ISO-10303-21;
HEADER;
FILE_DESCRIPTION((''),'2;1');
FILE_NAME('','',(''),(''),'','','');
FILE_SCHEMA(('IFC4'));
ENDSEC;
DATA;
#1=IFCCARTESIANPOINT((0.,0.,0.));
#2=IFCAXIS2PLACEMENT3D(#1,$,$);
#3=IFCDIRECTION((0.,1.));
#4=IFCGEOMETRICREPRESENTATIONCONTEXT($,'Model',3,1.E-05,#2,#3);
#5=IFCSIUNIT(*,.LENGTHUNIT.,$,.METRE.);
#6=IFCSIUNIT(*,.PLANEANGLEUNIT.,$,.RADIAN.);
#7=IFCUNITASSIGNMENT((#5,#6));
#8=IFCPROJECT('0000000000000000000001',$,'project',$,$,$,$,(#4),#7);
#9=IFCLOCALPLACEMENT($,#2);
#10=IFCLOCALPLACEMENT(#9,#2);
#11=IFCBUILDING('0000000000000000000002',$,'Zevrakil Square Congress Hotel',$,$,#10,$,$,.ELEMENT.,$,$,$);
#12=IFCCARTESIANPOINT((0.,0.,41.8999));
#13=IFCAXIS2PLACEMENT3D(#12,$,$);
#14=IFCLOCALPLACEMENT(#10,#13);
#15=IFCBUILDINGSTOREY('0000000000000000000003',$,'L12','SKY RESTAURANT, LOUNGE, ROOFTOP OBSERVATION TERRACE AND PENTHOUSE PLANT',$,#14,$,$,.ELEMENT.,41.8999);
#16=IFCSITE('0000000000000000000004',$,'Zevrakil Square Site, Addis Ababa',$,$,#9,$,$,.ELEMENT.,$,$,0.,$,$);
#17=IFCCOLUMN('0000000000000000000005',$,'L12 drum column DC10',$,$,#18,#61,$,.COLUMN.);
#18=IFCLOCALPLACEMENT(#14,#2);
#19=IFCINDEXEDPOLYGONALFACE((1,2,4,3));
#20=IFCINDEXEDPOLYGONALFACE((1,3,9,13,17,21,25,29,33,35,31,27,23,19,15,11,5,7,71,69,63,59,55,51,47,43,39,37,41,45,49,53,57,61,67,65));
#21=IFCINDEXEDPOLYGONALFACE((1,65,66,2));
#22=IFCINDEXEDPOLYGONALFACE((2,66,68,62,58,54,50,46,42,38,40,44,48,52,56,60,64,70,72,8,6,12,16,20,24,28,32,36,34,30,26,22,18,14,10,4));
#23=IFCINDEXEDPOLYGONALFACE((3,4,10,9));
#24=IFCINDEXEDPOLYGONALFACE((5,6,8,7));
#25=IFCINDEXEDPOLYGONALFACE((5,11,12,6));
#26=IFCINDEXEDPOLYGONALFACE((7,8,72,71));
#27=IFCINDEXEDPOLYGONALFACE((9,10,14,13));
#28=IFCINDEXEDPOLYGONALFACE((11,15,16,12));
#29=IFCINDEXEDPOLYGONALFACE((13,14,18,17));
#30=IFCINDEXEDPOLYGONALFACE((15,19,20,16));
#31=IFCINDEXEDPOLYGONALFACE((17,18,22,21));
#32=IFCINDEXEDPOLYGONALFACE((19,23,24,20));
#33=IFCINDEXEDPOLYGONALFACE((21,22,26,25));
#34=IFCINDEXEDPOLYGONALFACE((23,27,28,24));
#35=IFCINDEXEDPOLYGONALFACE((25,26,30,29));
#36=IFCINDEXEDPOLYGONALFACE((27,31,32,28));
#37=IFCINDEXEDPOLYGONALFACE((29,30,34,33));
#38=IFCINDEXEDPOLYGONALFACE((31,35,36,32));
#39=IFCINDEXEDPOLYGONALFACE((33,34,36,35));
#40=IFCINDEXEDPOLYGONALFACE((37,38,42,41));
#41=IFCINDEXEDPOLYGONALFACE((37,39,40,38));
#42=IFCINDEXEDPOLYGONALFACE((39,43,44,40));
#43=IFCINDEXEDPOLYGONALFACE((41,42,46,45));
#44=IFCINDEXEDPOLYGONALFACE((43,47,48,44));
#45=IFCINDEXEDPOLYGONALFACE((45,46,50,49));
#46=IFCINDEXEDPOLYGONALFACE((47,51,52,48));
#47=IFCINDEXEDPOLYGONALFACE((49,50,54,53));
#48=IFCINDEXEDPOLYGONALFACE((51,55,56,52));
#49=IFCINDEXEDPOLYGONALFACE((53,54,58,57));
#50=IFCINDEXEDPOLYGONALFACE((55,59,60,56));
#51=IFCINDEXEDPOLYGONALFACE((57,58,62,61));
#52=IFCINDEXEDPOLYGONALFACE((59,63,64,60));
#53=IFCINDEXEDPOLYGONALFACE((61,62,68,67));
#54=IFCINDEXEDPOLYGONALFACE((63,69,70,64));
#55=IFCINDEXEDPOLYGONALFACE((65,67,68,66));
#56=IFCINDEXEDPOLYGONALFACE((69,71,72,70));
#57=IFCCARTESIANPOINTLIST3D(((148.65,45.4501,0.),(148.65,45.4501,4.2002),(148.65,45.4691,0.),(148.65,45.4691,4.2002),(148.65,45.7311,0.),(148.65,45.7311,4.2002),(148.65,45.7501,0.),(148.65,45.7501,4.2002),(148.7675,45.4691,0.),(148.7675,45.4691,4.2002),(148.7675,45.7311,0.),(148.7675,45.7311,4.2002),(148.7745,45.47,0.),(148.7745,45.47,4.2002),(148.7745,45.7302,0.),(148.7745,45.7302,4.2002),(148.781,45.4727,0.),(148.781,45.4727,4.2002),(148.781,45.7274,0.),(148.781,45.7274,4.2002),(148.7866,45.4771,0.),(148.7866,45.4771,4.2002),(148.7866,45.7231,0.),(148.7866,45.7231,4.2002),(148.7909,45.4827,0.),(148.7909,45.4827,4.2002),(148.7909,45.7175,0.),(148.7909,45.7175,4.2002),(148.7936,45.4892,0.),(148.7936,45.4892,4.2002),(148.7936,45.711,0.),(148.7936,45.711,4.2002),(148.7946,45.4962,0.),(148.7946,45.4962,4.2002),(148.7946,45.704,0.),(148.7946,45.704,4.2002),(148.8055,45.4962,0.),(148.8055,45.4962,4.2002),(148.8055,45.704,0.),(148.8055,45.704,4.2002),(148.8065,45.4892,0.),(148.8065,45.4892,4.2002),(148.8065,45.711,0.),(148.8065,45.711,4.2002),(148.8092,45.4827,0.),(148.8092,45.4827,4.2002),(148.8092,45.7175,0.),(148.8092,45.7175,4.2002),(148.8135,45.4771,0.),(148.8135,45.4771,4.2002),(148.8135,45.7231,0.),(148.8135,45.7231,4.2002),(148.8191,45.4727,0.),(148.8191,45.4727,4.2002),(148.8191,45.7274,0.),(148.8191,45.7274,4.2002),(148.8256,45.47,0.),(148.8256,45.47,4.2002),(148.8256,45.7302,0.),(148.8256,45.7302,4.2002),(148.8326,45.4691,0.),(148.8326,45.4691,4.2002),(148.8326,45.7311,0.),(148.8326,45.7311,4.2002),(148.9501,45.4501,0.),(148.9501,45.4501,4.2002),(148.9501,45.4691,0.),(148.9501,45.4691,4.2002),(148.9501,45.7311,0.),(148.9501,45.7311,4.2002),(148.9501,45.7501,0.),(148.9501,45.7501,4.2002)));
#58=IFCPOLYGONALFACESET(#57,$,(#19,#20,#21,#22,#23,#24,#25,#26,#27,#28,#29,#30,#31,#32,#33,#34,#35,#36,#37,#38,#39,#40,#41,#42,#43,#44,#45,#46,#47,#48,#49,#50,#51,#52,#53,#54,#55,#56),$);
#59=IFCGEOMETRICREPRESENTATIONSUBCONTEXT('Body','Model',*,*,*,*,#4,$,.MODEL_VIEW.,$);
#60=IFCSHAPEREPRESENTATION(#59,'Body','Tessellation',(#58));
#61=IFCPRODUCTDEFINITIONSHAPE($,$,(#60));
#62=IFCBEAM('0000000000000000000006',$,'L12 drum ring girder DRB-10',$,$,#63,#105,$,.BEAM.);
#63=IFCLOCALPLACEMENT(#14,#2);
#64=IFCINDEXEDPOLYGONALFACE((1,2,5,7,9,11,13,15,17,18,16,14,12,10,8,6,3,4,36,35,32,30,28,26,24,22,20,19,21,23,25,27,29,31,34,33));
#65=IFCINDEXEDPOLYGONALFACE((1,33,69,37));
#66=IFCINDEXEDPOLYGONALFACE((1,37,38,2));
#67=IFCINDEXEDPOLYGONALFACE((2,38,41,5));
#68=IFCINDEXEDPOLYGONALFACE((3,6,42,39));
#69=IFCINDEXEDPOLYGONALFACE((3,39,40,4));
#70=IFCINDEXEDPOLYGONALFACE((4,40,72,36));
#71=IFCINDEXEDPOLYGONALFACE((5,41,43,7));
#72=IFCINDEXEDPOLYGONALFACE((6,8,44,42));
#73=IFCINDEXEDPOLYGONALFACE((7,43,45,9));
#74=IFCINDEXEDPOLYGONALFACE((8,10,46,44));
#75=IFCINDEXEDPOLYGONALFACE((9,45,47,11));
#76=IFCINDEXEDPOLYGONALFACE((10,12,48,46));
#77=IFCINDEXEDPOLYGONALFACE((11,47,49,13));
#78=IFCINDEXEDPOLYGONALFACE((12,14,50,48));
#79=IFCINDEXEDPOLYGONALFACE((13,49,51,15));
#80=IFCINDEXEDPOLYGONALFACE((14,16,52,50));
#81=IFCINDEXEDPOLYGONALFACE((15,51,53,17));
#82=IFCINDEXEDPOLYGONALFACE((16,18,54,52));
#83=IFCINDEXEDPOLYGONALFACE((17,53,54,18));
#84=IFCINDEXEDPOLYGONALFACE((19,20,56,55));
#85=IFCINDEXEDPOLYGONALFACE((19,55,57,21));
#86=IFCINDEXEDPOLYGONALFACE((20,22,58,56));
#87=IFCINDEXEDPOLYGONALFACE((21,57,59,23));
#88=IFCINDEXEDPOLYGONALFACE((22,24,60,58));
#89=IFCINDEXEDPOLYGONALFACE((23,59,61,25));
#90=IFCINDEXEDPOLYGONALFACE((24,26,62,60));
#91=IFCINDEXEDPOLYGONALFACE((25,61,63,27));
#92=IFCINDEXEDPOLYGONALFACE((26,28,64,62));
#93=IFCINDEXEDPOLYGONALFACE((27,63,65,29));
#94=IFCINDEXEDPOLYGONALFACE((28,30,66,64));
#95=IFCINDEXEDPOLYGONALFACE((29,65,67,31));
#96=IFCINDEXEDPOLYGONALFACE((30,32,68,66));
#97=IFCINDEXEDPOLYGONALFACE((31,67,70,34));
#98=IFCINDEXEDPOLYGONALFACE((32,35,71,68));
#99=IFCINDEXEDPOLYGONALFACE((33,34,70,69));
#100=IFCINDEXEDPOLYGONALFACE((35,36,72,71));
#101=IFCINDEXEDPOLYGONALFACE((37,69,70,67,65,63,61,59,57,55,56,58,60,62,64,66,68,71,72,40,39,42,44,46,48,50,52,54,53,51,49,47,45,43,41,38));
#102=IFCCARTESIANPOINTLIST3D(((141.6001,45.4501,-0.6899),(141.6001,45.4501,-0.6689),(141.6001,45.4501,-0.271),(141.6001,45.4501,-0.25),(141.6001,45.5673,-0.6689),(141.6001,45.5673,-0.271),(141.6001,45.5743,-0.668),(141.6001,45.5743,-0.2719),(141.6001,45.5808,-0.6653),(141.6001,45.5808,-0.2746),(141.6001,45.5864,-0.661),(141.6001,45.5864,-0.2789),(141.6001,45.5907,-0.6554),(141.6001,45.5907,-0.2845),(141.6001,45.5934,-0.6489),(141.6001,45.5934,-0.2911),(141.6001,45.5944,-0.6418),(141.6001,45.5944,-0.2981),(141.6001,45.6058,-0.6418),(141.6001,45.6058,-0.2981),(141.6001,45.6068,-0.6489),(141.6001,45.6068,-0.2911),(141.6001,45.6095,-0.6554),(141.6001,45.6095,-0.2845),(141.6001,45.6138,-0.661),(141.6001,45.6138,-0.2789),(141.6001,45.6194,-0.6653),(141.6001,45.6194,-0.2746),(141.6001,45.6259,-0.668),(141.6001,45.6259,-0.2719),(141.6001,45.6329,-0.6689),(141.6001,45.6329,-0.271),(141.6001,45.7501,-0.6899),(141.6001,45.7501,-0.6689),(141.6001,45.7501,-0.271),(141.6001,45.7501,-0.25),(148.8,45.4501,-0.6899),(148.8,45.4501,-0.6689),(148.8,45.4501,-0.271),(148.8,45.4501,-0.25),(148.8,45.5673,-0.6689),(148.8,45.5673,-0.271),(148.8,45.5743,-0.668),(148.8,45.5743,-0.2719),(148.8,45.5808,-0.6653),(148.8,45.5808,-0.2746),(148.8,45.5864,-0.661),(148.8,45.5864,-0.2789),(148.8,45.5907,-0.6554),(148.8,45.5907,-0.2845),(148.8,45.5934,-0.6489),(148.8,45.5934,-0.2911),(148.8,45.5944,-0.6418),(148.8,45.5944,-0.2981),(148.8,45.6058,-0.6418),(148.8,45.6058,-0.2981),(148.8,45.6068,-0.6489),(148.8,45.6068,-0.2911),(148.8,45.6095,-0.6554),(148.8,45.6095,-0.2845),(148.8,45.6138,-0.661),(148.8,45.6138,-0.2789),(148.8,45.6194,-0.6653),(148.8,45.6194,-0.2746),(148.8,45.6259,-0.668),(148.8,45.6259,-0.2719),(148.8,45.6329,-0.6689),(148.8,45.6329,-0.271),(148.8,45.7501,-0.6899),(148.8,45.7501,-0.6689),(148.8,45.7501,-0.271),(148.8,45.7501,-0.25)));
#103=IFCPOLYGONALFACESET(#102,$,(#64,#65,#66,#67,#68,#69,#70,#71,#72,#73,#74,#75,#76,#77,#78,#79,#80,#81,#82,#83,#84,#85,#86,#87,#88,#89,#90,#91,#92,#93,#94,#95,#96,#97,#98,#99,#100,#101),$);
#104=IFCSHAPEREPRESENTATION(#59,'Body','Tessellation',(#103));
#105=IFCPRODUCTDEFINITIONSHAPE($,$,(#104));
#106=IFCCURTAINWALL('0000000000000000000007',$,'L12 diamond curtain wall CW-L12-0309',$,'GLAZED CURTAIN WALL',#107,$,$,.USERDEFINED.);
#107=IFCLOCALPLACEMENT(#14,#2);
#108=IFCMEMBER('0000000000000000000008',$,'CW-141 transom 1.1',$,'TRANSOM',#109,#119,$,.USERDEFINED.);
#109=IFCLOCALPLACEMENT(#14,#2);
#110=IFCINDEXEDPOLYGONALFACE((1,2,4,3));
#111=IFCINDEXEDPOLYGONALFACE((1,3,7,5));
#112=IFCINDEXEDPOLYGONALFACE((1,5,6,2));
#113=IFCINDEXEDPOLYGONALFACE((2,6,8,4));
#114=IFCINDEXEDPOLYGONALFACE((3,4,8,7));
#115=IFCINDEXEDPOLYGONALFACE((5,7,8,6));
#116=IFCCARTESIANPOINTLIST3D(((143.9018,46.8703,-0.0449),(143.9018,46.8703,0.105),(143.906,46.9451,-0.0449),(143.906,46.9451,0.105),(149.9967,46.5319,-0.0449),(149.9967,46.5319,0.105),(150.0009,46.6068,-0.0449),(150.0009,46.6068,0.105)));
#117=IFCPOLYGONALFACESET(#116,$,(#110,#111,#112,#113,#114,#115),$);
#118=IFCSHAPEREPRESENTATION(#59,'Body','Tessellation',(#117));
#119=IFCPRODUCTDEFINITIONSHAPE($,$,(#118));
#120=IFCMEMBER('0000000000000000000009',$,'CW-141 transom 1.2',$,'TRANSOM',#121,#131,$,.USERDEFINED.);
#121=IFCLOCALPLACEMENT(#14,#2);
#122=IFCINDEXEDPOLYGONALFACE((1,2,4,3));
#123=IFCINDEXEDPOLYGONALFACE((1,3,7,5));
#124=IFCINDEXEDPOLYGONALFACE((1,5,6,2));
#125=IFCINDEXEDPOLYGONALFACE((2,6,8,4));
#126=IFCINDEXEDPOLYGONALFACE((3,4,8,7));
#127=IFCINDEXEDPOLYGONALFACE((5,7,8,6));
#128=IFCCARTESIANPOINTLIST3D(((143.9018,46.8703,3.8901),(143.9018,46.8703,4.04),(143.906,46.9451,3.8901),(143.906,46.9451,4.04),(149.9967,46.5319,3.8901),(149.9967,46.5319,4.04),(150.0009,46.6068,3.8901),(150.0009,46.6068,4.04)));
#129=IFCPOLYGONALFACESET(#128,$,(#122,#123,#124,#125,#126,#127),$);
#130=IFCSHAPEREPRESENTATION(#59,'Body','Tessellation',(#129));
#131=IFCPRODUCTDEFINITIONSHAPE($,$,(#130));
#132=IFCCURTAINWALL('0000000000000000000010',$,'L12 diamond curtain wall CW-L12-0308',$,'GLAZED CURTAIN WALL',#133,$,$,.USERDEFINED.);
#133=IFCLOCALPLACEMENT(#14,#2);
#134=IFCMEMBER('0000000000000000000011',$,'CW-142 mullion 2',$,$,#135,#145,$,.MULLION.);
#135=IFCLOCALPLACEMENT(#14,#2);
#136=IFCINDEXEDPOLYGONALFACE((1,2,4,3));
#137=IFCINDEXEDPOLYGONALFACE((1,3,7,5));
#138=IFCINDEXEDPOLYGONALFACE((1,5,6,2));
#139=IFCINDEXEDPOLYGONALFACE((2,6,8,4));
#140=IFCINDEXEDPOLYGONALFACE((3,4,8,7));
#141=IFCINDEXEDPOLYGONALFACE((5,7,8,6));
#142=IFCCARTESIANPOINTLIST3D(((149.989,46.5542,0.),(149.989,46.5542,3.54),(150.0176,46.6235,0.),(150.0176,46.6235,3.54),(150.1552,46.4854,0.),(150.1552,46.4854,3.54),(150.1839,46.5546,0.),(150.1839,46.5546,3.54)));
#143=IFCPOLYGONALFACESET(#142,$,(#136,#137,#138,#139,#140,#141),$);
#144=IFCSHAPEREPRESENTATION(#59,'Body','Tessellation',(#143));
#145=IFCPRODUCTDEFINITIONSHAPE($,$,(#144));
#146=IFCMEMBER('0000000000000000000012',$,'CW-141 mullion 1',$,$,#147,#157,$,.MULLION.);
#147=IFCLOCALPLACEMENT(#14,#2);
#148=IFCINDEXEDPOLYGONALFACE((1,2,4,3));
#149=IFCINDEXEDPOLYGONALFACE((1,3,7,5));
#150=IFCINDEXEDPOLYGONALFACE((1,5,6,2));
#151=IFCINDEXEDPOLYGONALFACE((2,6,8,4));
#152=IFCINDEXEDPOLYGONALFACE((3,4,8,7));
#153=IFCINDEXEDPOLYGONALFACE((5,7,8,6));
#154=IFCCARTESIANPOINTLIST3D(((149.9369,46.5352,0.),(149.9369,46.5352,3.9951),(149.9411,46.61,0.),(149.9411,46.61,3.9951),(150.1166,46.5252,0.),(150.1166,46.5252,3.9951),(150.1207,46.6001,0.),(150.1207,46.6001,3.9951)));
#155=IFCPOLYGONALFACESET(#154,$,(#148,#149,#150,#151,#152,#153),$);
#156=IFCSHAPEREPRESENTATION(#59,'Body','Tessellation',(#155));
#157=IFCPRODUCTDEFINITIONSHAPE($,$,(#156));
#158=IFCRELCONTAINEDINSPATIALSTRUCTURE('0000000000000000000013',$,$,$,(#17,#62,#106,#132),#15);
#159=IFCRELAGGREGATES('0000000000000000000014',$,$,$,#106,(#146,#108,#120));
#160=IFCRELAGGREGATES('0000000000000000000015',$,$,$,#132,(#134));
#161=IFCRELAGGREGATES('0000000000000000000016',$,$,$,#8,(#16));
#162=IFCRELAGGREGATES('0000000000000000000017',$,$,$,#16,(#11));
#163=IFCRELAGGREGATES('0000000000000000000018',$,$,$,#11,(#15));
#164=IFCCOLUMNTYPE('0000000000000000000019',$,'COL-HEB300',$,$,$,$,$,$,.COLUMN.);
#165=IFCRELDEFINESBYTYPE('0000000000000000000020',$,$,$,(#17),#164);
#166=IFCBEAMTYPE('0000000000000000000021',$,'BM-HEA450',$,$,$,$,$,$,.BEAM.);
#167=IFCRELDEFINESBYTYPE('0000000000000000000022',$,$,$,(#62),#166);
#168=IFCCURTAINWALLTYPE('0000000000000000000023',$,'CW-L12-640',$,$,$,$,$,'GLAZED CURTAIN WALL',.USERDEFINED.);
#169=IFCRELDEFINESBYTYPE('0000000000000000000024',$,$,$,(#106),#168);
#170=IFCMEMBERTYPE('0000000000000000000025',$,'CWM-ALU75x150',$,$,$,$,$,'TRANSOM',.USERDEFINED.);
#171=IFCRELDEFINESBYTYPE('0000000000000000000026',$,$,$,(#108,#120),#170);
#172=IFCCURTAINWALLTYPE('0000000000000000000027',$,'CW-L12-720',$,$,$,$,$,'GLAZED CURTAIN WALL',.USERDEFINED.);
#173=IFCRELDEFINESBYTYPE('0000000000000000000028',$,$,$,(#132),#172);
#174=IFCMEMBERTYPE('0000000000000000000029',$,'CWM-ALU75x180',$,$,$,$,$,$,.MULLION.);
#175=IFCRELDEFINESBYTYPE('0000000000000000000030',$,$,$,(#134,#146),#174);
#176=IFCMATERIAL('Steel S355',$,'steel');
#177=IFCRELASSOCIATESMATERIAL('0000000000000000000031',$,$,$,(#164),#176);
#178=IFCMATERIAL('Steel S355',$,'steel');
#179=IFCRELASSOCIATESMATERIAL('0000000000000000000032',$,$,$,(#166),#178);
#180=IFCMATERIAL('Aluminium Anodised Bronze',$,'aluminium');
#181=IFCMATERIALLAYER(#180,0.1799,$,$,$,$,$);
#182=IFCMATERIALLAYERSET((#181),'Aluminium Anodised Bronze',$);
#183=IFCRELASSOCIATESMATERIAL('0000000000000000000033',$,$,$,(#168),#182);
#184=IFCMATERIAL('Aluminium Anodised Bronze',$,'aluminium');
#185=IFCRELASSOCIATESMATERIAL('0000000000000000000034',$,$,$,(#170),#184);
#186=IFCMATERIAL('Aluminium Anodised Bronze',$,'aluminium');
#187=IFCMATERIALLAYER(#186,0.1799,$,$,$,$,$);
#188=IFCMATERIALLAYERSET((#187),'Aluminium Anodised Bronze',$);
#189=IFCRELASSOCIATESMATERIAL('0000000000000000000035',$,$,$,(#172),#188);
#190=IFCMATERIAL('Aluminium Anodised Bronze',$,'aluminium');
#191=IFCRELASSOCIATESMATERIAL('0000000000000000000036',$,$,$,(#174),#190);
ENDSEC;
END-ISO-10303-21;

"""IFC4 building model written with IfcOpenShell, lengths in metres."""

from ifc_helpers import new_model, si_unit, direction, frame, origin, origin_2d, place, context, subcontext, project, spatial, rectangle, i_section, extrude, material, layer, layer_set, material_profile, profile_set, type_object, element, aggregate, save


model = new_model("IFC4")

# Units and contexts
model_context = context("Model", 3, precision=1e-05, world=origin(), true_north=direction((0.0, 1.0)))
body_context = subcontext(model_context, "Body", "Model", "MODEL_VIEW")
ifc_project = project(units=[si_unit("LENGTHUNIT", "METRE"), si_unit("PLANEANGLEUNIT", "RADIAN")], contexts=[model_context])

# Site, building, storey
site_placement = place(None, origin())
site = spatial("IfcSite", under=ifc_project, at=site_placement, Name="Zevrakil Square Site, Addis Ababa", CompositionType="ELEMENT", RefElevation=0.0)
building_placement = place(site_placement, origin())
building = spatial("IfcBuilding", under=site, at=building_placement, Name="Zevrakil Square Congress Hotel", CompositionType="ELEMENT")
storey_placement = place(building_placement, frame((0.0, 0.0, 41.8999)))
storey = spatial("IfcBuildingStorey", under=building, at=storey_placement, Name="L12", Description="SKY RESTAURANT, LOUNGE, ROOFTOP OBSERVATION TERRACE AND PENTHOUSE PLANT", CompositionType="ELEMENT", Elevation=41.8999)

# Column
ifc_material_1 = material(Name="Steel S355", Category="steel")
ifc_material_profile_1 = material_profile(ifc_material_1, i_section(OverallWidth=0.3, OverallDepth=0.3, WebThickness=0.011, FlangeThickness=0.019, FilletRadius=0.0271, at=origin_2d()), Name="HEB 300")
ifc_profile_set_1 = profile_set([ifc_material_profile_1], Name="Steel S355")
column_type = type_object("IfcColumnType", Name="COL-HEB300", PredefinedType="COLUMN", material=ifc_profile_set_1)
column_placement = place(storey_placement, frame((148.8, 45.6001, 0.0), z_axis=(0.0, 0.0, 1.0), x_axis=(1.0, 0.0, 0.0)))
element("IfcColumn", 1, at=column_placement, inside=storey, type_object=column_type, Name="L12 drum column DC10", PredefinedType="COLUMN", context=body_context, shape_type="SweptSolid", body=[
    extrude(i_section(OverallWidth=0.3, OverallDepth=0.3, WebThickness=0.011, FlangeThickness=0.019, FilletRadius=0.0271, at=origin_2d()), origin(), (0.0, 0.0, 1.0), 4.2002),
])

# Beam
ifc_material_2 = material(Name="Steel S355", Category="steel")
ifc_material_profile_2 = material_profile(ifc_material_2, i_section(OverallWidth=0.3, OverallDepth=0.4399, WebThickness=0.0115, FlangeThickness=0.021, FilletRadius=0.0271, at=origin_2d()), Name="HEA 450")
ifc_profile_set_2 = profile_set([ifc_material_profile_2], Name="Steel S355")
beam_type_1 = type_object("IfcBeamType", Name="BM-HEA450", PredefinedType="BEAM", material=ifc_profile_set_2)
beam_1_placement = place(storey_placement, frame((148.8, 45.6001, -0.47), z_axis=(-1.0, 0.0, 0.0), x_axis=(0.0, -1.0, 0.0)))
element("IfcBeam", 2, at=beam_1_placement, inside=storey, type_object=beam_type_1, Name="L12 drum ring girder DRB-10", PredefinedType="BEAM", context=body_context, shape_type="SweptSolid", body=[
    extrude(i_section(OverallWidth=0.3, OverallDepth=0.4399, WebThickness=0.0115, FlangeThickness=0.021, FilletRadius=0.0271, at=origin_2d()), origin(), (0.0, 0.0, 1.0), 7.2),
])

# Curtain wall, members
ifc_material_3 = material(Name="Aluminium Anodised Bronze", Category="aluminium")
ifc_layer_1 = layer(ifc_material_3, 0.1799)
ifc_layer_set_1 = layer_set([ifc_layer_1], Name="Aluminium Anodised Bronze")
curtain_wall_type_1 = type_object("IfcCurtainWallType", Name="CW-L12-640", ElementType="GLAZED CURTAIN WALL", PredefinedType="USERDEFINED", material=ifc_layer_set_1)
curtain_wall_1_placement = place(storey_placement, origin())
curtain_wall_1 = element("IfcCurtainWall", 3, at=curtain_wall_1_placement, inside=storey, type_object=curtain_wall_type_1, Name="L12 diamond curtain wall CW-L12-0309", ObjectType="GLAZED CURTAIN WALL", PredefinedType="USERDEFINED")
ifc_material_4 = material(Name="Aluminium Anodised Bronze", Category="aluminium")
ifc_material_profile_3 = material_profile(ifc_material_4, rectangle(XDim=0.075, YDim=0.1499, at=origin_2d()), Name="ALU 75x150")
ifc_profile_set_3 = profile_set([ifc_material_profile_3], Name="Aluminium Anodised Bronze")
member_type_1 = type_object("IfcMemberType", Name="CWM-ALU75x150", ElementType="TRANSOM", PredefinedType="USERDEFINED", material=ifc_profile_set_3)
member_1_placement = place(storey_placement, frame((149.9988, 46.5693, 0.03), z_axis=(-0.998462, 0.055432, 0.0), x_axis=(-0.055432, -0.998462, 0.0)))
member_1 = element("IfcMember", 4, at=member_1_placement, type_object=member_type_1, Name="CW-141 transom 1.1", ObjectType="TRANSOM", PredefinedType="USERDEFINED", context=body_context, shape_type="SweptSolid", body=[
    extrude(rectangle(XDim=0.075, YDim=0.1499, at=origin_2d()), origin(), (0.0, 0.0, 1.0), 6.1042),
])
member_2_placement = place(storey_placement, frame((149.9988, 46.5693, 3.9651), z_axis=(-0.998462, 0.055432, 0.0), x_axis=(-0.055432, -0.998462, 0.0)))
member_2 = element("IfcMember", 5, at=member_2_placement, type_object=member_type_1, Name="CW-141 transom 1.2", ObjectType="TRANSOM", PredefinedType="USERDEFINED", context=body_context, shape_type="SweptSolid", body=[
    extrude(rectangle(XDim=0.075, YDim=0.1499, at=origin_2d()), origin(), (0.0, 0.0, 1.0), 6.1042),
])

# Curtain wall, member
ifc_material_5 = material(Name="Aluminium Anodised Bronze", Category="aluminium")
ifc_layer_2 = layer(ifc_material_5, 0.1799)
ifc_layer_set_2 = layer_set([ifc_layer_2], Name="Aluminium Anodised Bronze")
curtain_wall_type_2 = type_object("IfcCurtainWallType", Name="CW-L12-720", ElementType="GLAZED CURTAIN WALL", PredefinedType="USERDEFINED", material=ifc_layer_set_2)
curtain_wall_2_placement = place(storey_placement, origin())
curtain_wall_2 = element("IfcCurtainWall", 6, at=curtain_wall_2_placement, inside=storey, type_object=curtain_wall_type_2, Name="L12 diamond curtain wall CW-L12-0308", ObjectType="GLAZED CURTAIN WALL", PredefinedType="USERDEFINED")
ifc_material_6 = material(Name="Aluminium Anodised Bronze", Category="aluminium")
ifc_material_profile_4 = material_profile(ifc_material_6, rectangle(XDim=0.075, YDim=0.1799, at=origin_2d()), Name="ALU 75x180")
ifc_profile_set_4 = profile_set([ifc_material_profile_4], Name="Aluminium Anodised Bronze")
member_type_2 = type_object("IfcMemberType", Name="CWM-ALU75x180", PredefinedType="MULLION", material=ifc_profile_set_4)
member_3_placement = place(storey_placement, frame((150.0864, 46.5544, 0.0), z_axis=(0.0, 0.0, 1.0), x_axis=(-0.382684, -0.923879, 0.0)))
member_3 = element("IfcMember", 7, at=member_3_placement, type_object=member_type_2, Name="CW-142 mullion 2", PredefinedType="MULLION", context=body_context, shape_type="SweptSolid", body=[
    extrude(rectangle(XDim=0.075, YDim=0.1799, at=origin_2d()), origin(), (0.0, 0.0, 1.0), 3.54),
])

# Member
member_4_placement = place(storey_placement, frame((150.0288, 46.5676, 0.0), z_axis=(0.0, 0.0, 1.0), x_axis=(-0.055427, -0.998463, 0.0)))
member_4 = element("IfcMember", 8, at=member_4_placement, type_object=member_type_2, Name="CW-141 mullion 1", PredefinedType="MULLION", context=body_context, shape_type="SweptSolid", body=[
    extrude(rectangle(XDim=0.075, YDim=0.1799, at=origin_2d()), origin(), (0.0, 0.0, 1.0), 3.9951),
])

aggregate(curtain_wall_1, [member_4, member_1, member_2])
aggregate(curtain_wall_2, [member_3])

save(model, "model.ifc")
